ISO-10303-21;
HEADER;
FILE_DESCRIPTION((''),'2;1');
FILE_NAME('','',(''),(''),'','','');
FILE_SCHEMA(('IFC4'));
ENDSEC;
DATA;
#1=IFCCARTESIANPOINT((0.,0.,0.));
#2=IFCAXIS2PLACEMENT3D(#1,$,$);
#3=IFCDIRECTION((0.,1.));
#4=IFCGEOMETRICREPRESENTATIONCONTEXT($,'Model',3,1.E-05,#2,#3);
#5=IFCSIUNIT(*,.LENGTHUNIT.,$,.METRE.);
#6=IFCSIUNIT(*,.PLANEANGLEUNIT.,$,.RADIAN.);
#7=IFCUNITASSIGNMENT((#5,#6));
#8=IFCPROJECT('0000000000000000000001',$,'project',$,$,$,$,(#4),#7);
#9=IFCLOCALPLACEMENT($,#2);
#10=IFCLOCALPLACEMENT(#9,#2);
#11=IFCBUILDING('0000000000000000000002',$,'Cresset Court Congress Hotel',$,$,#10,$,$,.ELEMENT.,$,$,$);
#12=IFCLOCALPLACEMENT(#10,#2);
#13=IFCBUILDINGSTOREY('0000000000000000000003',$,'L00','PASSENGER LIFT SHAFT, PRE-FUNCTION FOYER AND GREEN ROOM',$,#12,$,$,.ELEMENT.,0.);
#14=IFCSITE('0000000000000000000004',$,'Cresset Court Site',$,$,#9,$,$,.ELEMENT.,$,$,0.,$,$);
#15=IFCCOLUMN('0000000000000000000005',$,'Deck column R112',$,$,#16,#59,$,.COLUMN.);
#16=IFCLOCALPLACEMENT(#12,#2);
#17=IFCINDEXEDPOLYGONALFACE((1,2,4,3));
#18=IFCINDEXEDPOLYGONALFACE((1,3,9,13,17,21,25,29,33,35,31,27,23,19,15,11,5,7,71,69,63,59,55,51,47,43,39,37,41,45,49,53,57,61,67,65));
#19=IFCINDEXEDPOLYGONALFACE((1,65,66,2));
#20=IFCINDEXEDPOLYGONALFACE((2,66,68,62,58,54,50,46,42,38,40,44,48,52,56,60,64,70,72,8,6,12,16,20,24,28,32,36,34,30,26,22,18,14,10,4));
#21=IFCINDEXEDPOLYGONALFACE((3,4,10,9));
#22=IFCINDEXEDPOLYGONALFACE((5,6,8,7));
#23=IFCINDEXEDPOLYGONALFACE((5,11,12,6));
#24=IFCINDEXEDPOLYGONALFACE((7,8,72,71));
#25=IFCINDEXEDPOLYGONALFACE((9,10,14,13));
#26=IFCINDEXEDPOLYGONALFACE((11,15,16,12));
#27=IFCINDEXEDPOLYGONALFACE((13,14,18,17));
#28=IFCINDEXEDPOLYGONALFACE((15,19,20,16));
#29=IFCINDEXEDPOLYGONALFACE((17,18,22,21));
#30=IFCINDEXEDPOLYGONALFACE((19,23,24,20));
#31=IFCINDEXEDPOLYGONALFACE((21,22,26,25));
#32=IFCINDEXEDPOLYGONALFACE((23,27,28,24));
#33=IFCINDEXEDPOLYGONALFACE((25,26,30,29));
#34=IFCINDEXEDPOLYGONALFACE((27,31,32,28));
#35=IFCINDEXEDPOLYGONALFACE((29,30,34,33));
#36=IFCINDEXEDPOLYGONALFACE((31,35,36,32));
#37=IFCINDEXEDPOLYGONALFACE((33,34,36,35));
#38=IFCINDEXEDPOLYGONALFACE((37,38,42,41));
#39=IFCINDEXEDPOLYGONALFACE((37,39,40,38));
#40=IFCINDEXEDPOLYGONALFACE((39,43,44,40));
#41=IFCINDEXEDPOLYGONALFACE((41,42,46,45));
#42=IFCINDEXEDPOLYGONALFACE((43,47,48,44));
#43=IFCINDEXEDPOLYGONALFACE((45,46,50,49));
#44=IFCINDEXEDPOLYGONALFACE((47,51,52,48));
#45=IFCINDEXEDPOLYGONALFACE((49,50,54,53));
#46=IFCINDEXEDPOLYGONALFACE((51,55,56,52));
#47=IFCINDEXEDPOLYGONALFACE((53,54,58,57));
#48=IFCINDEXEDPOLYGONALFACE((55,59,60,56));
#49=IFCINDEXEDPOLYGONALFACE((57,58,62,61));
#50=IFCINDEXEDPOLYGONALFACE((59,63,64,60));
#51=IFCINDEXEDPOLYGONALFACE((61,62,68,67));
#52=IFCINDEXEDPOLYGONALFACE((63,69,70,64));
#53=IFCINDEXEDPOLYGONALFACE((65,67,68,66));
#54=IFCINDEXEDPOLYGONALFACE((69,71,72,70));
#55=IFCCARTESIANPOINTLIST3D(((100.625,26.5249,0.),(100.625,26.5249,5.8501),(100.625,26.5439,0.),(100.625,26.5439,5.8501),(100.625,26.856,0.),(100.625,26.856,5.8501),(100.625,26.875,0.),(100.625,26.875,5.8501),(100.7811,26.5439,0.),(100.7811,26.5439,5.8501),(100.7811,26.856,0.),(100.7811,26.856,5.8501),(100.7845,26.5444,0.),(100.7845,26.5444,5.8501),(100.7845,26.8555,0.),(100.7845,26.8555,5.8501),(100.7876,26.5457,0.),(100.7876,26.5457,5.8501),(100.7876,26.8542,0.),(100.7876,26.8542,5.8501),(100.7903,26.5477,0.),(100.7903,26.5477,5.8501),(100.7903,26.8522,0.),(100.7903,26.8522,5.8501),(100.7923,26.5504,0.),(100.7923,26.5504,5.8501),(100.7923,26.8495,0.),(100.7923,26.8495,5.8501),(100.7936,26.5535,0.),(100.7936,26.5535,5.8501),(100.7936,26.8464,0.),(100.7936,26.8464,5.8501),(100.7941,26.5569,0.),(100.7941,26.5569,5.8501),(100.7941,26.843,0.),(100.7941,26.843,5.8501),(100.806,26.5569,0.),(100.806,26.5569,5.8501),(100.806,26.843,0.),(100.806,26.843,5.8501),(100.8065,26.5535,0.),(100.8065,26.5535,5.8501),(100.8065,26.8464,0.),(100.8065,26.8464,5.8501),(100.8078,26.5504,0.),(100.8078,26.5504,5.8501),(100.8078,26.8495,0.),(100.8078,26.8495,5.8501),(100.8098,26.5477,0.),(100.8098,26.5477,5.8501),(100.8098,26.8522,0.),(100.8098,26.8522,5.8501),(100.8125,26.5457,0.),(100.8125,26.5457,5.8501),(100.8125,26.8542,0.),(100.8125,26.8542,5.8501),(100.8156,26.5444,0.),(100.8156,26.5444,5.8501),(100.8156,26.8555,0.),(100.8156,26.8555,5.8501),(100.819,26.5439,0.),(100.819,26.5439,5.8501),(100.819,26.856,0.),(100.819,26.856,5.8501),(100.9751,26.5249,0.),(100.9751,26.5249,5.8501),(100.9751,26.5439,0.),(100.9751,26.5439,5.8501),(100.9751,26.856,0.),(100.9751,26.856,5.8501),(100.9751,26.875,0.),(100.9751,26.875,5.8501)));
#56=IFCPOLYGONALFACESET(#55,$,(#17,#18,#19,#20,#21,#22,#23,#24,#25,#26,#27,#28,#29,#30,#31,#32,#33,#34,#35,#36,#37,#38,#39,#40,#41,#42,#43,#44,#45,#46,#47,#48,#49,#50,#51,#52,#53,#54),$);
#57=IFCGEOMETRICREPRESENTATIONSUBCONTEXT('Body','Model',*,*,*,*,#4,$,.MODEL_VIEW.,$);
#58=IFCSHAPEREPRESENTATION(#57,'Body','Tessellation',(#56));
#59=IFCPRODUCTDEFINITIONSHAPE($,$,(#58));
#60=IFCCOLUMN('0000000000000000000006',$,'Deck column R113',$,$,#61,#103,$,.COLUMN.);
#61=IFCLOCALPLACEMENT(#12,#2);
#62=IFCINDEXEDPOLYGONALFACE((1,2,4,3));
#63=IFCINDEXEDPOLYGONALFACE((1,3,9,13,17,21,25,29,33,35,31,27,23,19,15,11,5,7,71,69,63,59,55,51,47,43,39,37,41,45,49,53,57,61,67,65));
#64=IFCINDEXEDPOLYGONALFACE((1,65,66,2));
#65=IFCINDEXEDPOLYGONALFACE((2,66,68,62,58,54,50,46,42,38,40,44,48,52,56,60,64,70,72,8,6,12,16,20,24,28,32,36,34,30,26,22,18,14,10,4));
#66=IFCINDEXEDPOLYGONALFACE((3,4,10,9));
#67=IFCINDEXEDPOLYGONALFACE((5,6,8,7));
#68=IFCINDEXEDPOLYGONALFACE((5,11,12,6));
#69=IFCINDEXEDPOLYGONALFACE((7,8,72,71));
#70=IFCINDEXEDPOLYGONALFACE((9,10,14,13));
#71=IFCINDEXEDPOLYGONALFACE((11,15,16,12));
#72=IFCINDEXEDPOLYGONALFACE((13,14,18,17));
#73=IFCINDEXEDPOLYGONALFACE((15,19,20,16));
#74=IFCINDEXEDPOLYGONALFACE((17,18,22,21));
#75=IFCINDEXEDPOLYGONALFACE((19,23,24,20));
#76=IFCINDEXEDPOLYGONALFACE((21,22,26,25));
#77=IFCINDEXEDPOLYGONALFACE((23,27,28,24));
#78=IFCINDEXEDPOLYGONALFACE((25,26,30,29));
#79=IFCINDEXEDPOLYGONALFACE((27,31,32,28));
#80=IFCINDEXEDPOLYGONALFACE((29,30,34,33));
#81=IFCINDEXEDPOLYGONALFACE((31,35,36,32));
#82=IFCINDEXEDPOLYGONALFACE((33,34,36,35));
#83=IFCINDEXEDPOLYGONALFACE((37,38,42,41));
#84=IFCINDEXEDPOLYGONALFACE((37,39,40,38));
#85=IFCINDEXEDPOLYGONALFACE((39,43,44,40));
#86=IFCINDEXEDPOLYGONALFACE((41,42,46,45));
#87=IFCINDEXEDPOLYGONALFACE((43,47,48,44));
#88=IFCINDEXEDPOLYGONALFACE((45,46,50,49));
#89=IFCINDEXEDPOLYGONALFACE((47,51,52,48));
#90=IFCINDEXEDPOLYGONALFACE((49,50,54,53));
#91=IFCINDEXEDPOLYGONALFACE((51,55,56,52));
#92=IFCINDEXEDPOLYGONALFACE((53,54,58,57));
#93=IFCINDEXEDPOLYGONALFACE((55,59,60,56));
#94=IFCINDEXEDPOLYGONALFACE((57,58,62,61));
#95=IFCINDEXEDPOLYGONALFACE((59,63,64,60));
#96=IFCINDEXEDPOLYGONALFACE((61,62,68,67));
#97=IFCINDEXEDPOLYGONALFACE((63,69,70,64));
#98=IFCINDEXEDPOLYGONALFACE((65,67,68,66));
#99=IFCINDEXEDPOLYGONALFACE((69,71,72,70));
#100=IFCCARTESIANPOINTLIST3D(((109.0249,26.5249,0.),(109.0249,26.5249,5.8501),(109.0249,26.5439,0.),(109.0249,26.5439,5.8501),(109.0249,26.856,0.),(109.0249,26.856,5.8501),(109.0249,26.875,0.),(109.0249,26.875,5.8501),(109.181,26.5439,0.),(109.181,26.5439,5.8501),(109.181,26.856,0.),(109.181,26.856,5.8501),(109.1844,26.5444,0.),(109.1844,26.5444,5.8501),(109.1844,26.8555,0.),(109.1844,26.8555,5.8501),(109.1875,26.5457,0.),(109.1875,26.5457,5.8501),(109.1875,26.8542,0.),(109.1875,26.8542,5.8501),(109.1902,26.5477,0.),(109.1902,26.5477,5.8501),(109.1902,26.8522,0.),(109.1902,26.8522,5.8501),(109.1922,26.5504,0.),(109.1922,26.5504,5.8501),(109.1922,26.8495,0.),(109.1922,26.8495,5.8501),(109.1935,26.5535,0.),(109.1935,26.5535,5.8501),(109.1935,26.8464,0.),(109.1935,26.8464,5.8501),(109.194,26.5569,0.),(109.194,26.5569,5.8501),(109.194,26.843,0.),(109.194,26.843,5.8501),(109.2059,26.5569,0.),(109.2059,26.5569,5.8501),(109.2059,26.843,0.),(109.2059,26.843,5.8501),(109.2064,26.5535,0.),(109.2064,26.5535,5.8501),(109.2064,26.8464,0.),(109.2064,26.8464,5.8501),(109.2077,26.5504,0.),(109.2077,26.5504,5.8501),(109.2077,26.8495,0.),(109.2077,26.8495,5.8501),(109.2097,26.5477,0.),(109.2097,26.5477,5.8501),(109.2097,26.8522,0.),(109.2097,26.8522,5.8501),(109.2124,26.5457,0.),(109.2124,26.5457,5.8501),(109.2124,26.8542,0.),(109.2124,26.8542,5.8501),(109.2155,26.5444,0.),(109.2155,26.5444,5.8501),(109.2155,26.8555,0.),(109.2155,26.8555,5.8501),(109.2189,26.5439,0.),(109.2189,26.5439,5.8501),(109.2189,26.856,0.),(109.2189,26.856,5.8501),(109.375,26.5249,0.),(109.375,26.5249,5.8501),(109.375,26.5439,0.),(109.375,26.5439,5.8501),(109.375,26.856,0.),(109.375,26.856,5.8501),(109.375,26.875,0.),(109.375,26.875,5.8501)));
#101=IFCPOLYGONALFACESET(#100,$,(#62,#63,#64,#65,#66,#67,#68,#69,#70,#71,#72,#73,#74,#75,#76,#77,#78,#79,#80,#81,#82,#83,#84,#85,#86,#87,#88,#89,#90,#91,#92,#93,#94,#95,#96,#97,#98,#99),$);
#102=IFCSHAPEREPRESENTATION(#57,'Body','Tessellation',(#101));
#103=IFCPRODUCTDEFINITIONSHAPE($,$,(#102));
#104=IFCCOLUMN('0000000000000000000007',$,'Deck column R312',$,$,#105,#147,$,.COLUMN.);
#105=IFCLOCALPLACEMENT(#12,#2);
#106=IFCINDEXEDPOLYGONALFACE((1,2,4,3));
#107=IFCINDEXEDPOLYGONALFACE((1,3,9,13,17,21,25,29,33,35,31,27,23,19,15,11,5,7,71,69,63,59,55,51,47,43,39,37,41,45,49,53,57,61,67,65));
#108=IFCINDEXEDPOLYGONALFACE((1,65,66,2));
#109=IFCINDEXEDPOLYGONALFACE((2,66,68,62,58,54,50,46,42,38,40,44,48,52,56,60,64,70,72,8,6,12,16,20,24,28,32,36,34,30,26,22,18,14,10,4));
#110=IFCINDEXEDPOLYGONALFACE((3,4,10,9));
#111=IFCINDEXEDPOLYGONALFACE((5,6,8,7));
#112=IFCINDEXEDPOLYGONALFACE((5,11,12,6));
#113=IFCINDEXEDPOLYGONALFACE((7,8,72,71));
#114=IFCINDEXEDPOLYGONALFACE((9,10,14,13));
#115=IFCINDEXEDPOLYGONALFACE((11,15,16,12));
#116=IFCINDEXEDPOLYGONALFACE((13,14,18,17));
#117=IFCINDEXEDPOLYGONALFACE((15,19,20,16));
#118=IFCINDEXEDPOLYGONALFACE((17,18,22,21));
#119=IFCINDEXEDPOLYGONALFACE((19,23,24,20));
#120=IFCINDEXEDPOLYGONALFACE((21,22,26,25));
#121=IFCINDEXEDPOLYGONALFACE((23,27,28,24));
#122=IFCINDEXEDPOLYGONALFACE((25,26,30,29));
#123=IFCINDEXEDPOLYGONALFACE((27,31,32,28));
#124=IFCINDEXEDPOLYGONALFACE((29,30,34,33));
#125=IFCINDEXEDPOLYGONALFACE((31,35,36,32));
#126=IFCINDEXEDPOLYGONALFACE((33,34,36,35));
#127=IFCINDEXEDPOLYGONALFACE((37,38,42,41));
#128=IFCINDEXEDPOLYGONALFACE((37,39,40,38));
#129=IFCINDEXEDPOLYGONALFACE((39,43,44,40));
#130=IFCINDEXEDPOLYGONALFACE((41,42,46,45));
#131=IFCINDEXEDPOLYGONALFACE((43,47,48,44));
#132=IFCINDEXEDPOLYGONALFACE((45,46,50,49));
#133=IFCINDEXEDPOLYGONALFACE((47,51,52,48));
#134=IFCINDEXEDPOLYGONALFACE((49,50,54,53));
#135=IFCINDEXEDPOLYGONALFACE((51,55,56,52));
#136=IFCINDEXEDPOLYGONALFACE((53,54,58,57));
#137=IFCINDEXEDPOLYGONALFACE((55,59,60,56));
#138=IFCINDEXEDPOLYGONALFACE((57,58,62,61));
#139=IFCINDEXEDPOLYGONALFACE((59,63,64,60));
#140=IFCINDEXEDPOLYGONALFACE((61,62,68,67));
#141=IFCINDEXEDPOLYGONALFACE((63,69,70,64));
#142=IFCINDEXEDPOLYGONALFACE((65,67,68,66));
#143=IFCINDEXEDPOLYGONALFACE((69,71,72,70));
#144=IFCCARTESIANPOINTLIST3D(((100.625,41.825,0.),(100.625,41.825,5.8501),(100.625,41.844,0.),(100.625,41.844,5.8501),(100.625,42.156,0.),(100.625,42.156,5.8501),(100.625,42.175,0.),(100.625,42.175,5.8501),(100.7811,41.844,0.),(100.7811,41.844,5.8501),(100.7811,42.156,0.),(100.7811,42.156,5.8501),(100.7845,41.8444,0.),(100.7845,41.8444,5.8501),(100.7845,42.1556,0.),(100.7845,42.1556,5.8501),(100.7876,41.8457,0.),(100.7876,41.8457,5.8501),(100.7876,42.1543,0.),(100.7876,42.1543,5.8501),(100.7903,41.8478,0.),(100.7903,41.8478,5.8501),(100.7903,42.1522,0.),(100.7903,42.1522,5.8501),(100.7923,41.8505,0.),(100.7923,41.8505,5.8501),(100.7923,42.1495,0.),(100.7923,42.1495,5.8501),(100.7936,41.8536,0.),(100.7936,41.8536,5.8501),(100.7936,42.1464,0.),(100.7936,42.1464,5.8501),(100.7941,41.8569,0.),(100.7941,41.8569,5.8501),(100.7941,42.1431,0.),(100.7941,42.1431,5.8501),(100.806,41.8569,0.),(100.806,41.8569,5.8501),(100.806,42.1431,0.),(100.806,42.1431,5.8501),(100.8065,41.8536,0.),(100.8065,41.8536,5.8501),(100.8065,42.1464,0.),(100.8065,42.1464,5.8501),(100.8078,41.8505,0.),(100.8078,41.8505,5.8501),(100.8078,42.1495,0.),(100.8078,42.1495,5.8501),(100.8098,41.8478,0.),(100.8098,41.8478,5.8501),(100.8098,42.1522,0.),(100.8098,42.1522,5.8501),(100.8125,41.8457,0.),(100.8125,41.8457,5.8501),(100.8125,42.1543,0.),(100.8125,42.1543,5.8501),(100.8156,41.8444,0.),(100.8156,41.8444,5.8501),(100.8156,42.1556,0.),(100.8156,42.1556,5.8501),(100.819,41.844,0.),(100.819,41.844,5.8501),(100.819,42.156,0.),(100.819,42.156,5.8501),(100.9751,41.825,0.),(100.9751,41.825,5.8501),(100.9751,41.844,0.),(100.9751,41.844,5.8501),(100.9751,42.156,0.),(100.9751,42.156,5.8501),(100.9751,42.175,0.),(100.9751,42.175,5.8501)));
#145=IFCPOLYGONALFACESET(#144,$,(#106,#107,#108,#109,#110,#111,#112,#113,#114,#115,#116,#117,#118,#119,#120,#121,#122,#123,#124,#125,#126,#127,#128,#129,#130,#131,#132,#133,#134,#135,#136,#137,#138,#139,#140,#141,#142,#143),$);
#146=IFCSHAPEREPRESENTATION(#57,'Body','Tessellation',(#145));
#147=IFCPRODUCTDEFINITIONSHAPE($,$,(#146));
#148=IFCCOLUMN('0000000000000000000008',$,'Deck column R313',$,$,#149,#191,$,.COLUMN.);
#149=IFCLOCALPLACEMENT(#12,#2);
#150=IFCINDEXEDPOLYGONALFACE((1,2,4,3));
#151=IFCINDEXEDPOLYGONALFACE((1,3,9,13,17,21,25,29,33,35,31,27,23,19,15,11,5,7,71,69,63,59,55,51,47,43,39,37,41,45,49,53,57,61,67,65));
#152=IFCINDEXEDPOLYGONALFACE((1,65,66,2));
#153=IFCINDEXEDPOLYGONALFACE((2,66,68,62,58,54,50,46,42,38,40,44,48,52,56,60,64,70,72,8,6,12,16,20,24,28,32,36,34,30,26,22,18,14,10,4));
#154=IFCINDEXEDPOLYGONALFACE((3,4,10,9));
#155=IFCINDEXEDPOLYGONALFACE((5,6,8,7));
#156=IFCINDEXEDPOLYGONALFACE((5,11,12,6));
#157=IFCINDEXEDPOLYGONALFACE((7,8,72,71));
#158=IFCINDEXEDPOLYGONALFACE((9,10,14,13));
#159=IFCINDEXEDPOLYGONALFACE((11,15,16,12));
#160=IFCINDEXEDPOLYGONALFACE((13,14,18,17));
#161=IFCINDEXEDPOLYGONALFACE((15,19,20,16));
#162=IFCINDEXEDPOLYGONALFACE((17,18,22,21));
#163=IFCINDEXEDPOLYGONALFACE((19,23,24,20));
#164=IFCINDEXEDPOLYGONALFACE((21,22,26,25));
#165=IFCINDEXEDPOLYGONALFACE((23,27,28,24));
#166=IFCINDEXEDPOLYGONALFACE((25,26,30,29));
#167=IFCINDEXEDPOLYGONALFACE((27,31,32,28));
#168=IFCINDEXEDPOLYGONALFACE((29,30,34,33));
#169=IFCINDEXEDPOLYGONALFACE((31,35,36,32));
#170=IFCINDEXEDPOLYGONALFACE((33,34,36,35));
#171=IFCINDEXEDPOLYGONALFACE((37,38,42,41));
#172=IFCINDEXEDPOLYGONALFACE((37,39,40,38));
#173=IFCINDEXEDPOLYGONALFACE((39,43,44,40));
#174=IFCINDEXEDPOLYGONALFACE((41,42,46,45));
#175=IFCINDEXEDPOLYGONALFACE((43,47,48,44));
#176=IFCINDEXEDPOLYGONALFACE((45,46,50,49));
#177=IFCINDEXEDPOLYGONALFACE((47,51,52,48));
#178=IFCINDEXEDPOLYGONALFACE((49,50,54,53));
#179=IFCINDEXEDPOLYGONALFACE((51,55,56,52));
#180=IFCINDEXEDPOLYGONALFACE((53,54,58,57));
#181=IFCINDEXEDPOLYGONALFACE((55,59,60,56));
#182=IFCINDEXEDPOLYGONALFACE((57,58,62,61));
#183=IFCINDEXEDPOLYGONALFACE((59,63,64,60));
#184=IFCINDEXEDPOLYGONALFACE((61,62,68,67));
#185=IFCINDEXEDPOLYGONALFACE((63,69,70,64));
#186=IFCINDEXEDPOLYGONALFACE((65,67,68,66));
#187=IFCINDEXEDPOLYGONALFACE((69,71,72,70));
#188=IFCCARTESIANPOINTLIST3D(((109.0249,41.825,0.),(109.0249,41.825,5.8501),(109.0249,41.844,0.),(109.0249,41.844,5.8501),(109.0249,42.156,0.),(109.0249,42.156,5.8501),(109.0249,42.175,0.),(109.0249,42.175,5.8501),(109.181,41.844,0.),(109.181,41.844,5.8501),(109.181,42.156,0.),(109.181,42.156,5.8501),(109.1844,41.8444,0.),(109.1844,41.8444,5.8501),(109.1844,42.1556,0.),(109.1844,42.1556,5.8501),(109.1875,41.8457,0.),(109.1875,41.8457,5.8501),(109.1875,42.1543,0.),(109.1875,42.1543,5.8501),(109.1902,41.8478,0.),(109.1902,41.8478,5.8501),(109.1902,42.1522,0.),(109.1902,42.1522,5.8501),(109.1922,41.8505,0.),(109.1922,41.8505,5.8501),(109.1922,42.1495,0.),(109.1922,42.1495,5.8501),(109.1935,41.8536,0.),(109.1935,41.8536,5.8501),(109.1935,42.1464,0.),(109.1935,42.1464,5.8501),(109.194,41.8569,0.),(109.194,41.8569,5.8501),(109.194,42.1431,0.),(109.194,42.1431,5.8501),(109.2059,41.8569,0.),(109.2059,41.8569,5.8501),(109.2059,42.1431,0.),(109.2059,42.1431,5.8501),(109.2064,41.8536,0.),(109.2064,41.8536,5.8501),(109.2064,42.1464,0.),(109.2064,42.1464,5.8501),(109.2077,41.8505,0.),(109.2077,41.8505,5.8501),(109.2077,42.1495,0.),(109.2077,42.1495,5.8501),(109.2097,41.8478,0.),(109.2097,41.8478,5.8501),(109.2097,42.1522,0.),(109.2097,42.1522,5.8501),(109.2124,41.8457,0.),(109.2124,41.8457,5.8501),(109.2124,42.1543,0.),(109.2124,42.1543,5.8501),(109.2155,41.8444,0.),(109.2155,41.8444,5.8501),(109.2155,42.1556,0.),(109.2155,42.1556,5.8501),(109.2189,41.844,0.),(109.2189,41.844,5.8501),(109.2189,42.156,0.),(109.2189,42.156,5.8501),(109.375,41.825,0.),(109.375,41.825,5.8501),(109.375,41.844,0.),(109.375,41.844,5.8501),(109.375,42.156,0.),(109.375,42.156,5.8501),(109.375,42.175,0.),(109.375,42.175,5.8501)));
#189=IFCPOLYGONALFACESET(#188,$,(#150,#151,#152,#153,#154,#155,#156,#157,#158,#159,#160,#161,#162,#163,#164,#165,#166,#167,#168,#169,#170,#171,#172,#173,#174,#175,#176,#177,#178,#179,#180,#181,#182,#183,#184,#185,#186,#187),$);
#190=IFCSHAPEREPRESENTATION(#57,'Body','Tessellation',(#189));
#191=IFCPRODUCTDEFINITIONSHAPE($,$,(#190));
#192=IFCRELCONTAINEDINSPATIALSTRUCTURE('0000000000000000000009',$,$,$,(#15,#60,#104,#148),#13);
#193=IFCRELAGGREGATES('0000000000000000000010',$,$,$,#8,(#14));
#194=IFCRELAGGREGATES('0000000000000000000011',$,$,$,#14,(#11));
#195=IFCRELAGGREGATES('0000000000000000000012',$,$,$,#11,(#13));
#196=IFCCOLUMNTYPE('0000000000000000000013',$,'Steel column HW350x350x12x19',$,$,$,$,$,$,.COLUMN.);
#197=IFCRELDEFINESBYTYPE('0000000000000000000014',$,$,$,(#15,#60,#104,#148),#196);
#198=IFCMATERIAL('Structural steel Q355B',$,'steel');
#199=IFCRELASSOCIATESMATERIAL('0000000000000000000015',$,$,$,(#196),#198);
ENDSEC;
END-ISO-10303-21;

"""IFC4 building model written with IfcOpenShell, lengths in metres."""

from ifc_helpers import new_model, si_unit, direction, frame, origin, origin_2d, place, context, subcontext, project, spatial, i_section, extrude, material, material_profile, profile_set, type_object, element, save


model = new_model("IFC4")

# Units and contexts
model_context = context("Model", 3, precision=1e-05, world=origin(), true_north=direction((0.0, 1.0)))
body_context = subcontext(model_context, "Body", "Model", "MODEL_VIEW")
ifc_project = project(units=[si_unit("LENGTHUNIT", "METRE"), si_unit("PLANEANGLEUNIT", "RADIAN")], contexts=[model_context])

# Site, building, storey
site_placement = place(None, origin())
site = spatial("IfcSite", under=ifc_project, at=site_placement, Name="Cresset Court Site", CompositionType="ELEMENT", RefElevation=0.0)
building_placement = place(site_placement, origin())
building = spatial("IfcBuilding", under=site, at=building_placement, Name="Cresset Court Congress Hotel", CompositionType="ELEMENT")
storey_placement = place(building_placement, origin())
storey = spatial("IfcBuildingStorey", under=building, at=storey_placement, Name="L00", Description="PASSENGER LIFT SHAFT, PRE-FUNCTION FOYER AND GREEN ROOM", CompositionType="ELEMENT", Elevation=0.0)

# Columns
ifc_material_1 = material(Name="Structural steel Q355B", Category="steel")
ifc_material_profile_1 = material_profile(ifc_material_1, i_section(OverallWidth=0.3501, OverallDepth=0.3501, WebThickness=0.012, FlangeThickness=0.019, FilletRadius=0.0129, at=origin_2d()), Name="HW350x350x12x19")
ifc_profile_set_1 = profile_set([ifc_material_profile_1], Name="Structural steel Q355B")
column_type_1 = type_object("IfcColumnType", Name="Steel column HW350x350x12x19", PredefinedType="COLUMN", material=ifc_profile_set_1)
for number, where, z_axis, x_axis, name in (
    (1, (100.8, 26.7, 0.0), (0.0, 0.0, 1.0), (1.0, 0.0, 0.0), "Deck column R112"),
    (2, (109.2, 26.7, 0.0), (0.0, 0.0, 1.0), (1.0, 0.0, 0.0), "Deck column R113"),
    (3, (100.8, 42.0, 0.0), (0.0, 0.0, 1.0), (1.0, 0.0, 0.0), "Deck column R312"),
    (4, (109.2, 42.0, 0.0), (0.0, 0.0, 1.0), (1.0, 0.0, 0.0), "Deck column R313"),
):
    element("IfcColumn", number, at=place(storey_placement, frame(where, z_axis=z_axis, x_axis=x_axis)), inside=storey, type_object=column_type_1, Name=name, PredefinedType="COLUMN", context=body_context, shape_type="SweptSolid", body=[
        extrude(i_section(OverallWidth=0.3501, OverallDepth=0.3501, WebThickness=0.012, FlangeThickness=0.019, FilletRadius=0.0129, at=origin_2d()), origin(), (0.0, 0.0, 1.0), 5.8501),
    ])

save(model, "model.ifc")
